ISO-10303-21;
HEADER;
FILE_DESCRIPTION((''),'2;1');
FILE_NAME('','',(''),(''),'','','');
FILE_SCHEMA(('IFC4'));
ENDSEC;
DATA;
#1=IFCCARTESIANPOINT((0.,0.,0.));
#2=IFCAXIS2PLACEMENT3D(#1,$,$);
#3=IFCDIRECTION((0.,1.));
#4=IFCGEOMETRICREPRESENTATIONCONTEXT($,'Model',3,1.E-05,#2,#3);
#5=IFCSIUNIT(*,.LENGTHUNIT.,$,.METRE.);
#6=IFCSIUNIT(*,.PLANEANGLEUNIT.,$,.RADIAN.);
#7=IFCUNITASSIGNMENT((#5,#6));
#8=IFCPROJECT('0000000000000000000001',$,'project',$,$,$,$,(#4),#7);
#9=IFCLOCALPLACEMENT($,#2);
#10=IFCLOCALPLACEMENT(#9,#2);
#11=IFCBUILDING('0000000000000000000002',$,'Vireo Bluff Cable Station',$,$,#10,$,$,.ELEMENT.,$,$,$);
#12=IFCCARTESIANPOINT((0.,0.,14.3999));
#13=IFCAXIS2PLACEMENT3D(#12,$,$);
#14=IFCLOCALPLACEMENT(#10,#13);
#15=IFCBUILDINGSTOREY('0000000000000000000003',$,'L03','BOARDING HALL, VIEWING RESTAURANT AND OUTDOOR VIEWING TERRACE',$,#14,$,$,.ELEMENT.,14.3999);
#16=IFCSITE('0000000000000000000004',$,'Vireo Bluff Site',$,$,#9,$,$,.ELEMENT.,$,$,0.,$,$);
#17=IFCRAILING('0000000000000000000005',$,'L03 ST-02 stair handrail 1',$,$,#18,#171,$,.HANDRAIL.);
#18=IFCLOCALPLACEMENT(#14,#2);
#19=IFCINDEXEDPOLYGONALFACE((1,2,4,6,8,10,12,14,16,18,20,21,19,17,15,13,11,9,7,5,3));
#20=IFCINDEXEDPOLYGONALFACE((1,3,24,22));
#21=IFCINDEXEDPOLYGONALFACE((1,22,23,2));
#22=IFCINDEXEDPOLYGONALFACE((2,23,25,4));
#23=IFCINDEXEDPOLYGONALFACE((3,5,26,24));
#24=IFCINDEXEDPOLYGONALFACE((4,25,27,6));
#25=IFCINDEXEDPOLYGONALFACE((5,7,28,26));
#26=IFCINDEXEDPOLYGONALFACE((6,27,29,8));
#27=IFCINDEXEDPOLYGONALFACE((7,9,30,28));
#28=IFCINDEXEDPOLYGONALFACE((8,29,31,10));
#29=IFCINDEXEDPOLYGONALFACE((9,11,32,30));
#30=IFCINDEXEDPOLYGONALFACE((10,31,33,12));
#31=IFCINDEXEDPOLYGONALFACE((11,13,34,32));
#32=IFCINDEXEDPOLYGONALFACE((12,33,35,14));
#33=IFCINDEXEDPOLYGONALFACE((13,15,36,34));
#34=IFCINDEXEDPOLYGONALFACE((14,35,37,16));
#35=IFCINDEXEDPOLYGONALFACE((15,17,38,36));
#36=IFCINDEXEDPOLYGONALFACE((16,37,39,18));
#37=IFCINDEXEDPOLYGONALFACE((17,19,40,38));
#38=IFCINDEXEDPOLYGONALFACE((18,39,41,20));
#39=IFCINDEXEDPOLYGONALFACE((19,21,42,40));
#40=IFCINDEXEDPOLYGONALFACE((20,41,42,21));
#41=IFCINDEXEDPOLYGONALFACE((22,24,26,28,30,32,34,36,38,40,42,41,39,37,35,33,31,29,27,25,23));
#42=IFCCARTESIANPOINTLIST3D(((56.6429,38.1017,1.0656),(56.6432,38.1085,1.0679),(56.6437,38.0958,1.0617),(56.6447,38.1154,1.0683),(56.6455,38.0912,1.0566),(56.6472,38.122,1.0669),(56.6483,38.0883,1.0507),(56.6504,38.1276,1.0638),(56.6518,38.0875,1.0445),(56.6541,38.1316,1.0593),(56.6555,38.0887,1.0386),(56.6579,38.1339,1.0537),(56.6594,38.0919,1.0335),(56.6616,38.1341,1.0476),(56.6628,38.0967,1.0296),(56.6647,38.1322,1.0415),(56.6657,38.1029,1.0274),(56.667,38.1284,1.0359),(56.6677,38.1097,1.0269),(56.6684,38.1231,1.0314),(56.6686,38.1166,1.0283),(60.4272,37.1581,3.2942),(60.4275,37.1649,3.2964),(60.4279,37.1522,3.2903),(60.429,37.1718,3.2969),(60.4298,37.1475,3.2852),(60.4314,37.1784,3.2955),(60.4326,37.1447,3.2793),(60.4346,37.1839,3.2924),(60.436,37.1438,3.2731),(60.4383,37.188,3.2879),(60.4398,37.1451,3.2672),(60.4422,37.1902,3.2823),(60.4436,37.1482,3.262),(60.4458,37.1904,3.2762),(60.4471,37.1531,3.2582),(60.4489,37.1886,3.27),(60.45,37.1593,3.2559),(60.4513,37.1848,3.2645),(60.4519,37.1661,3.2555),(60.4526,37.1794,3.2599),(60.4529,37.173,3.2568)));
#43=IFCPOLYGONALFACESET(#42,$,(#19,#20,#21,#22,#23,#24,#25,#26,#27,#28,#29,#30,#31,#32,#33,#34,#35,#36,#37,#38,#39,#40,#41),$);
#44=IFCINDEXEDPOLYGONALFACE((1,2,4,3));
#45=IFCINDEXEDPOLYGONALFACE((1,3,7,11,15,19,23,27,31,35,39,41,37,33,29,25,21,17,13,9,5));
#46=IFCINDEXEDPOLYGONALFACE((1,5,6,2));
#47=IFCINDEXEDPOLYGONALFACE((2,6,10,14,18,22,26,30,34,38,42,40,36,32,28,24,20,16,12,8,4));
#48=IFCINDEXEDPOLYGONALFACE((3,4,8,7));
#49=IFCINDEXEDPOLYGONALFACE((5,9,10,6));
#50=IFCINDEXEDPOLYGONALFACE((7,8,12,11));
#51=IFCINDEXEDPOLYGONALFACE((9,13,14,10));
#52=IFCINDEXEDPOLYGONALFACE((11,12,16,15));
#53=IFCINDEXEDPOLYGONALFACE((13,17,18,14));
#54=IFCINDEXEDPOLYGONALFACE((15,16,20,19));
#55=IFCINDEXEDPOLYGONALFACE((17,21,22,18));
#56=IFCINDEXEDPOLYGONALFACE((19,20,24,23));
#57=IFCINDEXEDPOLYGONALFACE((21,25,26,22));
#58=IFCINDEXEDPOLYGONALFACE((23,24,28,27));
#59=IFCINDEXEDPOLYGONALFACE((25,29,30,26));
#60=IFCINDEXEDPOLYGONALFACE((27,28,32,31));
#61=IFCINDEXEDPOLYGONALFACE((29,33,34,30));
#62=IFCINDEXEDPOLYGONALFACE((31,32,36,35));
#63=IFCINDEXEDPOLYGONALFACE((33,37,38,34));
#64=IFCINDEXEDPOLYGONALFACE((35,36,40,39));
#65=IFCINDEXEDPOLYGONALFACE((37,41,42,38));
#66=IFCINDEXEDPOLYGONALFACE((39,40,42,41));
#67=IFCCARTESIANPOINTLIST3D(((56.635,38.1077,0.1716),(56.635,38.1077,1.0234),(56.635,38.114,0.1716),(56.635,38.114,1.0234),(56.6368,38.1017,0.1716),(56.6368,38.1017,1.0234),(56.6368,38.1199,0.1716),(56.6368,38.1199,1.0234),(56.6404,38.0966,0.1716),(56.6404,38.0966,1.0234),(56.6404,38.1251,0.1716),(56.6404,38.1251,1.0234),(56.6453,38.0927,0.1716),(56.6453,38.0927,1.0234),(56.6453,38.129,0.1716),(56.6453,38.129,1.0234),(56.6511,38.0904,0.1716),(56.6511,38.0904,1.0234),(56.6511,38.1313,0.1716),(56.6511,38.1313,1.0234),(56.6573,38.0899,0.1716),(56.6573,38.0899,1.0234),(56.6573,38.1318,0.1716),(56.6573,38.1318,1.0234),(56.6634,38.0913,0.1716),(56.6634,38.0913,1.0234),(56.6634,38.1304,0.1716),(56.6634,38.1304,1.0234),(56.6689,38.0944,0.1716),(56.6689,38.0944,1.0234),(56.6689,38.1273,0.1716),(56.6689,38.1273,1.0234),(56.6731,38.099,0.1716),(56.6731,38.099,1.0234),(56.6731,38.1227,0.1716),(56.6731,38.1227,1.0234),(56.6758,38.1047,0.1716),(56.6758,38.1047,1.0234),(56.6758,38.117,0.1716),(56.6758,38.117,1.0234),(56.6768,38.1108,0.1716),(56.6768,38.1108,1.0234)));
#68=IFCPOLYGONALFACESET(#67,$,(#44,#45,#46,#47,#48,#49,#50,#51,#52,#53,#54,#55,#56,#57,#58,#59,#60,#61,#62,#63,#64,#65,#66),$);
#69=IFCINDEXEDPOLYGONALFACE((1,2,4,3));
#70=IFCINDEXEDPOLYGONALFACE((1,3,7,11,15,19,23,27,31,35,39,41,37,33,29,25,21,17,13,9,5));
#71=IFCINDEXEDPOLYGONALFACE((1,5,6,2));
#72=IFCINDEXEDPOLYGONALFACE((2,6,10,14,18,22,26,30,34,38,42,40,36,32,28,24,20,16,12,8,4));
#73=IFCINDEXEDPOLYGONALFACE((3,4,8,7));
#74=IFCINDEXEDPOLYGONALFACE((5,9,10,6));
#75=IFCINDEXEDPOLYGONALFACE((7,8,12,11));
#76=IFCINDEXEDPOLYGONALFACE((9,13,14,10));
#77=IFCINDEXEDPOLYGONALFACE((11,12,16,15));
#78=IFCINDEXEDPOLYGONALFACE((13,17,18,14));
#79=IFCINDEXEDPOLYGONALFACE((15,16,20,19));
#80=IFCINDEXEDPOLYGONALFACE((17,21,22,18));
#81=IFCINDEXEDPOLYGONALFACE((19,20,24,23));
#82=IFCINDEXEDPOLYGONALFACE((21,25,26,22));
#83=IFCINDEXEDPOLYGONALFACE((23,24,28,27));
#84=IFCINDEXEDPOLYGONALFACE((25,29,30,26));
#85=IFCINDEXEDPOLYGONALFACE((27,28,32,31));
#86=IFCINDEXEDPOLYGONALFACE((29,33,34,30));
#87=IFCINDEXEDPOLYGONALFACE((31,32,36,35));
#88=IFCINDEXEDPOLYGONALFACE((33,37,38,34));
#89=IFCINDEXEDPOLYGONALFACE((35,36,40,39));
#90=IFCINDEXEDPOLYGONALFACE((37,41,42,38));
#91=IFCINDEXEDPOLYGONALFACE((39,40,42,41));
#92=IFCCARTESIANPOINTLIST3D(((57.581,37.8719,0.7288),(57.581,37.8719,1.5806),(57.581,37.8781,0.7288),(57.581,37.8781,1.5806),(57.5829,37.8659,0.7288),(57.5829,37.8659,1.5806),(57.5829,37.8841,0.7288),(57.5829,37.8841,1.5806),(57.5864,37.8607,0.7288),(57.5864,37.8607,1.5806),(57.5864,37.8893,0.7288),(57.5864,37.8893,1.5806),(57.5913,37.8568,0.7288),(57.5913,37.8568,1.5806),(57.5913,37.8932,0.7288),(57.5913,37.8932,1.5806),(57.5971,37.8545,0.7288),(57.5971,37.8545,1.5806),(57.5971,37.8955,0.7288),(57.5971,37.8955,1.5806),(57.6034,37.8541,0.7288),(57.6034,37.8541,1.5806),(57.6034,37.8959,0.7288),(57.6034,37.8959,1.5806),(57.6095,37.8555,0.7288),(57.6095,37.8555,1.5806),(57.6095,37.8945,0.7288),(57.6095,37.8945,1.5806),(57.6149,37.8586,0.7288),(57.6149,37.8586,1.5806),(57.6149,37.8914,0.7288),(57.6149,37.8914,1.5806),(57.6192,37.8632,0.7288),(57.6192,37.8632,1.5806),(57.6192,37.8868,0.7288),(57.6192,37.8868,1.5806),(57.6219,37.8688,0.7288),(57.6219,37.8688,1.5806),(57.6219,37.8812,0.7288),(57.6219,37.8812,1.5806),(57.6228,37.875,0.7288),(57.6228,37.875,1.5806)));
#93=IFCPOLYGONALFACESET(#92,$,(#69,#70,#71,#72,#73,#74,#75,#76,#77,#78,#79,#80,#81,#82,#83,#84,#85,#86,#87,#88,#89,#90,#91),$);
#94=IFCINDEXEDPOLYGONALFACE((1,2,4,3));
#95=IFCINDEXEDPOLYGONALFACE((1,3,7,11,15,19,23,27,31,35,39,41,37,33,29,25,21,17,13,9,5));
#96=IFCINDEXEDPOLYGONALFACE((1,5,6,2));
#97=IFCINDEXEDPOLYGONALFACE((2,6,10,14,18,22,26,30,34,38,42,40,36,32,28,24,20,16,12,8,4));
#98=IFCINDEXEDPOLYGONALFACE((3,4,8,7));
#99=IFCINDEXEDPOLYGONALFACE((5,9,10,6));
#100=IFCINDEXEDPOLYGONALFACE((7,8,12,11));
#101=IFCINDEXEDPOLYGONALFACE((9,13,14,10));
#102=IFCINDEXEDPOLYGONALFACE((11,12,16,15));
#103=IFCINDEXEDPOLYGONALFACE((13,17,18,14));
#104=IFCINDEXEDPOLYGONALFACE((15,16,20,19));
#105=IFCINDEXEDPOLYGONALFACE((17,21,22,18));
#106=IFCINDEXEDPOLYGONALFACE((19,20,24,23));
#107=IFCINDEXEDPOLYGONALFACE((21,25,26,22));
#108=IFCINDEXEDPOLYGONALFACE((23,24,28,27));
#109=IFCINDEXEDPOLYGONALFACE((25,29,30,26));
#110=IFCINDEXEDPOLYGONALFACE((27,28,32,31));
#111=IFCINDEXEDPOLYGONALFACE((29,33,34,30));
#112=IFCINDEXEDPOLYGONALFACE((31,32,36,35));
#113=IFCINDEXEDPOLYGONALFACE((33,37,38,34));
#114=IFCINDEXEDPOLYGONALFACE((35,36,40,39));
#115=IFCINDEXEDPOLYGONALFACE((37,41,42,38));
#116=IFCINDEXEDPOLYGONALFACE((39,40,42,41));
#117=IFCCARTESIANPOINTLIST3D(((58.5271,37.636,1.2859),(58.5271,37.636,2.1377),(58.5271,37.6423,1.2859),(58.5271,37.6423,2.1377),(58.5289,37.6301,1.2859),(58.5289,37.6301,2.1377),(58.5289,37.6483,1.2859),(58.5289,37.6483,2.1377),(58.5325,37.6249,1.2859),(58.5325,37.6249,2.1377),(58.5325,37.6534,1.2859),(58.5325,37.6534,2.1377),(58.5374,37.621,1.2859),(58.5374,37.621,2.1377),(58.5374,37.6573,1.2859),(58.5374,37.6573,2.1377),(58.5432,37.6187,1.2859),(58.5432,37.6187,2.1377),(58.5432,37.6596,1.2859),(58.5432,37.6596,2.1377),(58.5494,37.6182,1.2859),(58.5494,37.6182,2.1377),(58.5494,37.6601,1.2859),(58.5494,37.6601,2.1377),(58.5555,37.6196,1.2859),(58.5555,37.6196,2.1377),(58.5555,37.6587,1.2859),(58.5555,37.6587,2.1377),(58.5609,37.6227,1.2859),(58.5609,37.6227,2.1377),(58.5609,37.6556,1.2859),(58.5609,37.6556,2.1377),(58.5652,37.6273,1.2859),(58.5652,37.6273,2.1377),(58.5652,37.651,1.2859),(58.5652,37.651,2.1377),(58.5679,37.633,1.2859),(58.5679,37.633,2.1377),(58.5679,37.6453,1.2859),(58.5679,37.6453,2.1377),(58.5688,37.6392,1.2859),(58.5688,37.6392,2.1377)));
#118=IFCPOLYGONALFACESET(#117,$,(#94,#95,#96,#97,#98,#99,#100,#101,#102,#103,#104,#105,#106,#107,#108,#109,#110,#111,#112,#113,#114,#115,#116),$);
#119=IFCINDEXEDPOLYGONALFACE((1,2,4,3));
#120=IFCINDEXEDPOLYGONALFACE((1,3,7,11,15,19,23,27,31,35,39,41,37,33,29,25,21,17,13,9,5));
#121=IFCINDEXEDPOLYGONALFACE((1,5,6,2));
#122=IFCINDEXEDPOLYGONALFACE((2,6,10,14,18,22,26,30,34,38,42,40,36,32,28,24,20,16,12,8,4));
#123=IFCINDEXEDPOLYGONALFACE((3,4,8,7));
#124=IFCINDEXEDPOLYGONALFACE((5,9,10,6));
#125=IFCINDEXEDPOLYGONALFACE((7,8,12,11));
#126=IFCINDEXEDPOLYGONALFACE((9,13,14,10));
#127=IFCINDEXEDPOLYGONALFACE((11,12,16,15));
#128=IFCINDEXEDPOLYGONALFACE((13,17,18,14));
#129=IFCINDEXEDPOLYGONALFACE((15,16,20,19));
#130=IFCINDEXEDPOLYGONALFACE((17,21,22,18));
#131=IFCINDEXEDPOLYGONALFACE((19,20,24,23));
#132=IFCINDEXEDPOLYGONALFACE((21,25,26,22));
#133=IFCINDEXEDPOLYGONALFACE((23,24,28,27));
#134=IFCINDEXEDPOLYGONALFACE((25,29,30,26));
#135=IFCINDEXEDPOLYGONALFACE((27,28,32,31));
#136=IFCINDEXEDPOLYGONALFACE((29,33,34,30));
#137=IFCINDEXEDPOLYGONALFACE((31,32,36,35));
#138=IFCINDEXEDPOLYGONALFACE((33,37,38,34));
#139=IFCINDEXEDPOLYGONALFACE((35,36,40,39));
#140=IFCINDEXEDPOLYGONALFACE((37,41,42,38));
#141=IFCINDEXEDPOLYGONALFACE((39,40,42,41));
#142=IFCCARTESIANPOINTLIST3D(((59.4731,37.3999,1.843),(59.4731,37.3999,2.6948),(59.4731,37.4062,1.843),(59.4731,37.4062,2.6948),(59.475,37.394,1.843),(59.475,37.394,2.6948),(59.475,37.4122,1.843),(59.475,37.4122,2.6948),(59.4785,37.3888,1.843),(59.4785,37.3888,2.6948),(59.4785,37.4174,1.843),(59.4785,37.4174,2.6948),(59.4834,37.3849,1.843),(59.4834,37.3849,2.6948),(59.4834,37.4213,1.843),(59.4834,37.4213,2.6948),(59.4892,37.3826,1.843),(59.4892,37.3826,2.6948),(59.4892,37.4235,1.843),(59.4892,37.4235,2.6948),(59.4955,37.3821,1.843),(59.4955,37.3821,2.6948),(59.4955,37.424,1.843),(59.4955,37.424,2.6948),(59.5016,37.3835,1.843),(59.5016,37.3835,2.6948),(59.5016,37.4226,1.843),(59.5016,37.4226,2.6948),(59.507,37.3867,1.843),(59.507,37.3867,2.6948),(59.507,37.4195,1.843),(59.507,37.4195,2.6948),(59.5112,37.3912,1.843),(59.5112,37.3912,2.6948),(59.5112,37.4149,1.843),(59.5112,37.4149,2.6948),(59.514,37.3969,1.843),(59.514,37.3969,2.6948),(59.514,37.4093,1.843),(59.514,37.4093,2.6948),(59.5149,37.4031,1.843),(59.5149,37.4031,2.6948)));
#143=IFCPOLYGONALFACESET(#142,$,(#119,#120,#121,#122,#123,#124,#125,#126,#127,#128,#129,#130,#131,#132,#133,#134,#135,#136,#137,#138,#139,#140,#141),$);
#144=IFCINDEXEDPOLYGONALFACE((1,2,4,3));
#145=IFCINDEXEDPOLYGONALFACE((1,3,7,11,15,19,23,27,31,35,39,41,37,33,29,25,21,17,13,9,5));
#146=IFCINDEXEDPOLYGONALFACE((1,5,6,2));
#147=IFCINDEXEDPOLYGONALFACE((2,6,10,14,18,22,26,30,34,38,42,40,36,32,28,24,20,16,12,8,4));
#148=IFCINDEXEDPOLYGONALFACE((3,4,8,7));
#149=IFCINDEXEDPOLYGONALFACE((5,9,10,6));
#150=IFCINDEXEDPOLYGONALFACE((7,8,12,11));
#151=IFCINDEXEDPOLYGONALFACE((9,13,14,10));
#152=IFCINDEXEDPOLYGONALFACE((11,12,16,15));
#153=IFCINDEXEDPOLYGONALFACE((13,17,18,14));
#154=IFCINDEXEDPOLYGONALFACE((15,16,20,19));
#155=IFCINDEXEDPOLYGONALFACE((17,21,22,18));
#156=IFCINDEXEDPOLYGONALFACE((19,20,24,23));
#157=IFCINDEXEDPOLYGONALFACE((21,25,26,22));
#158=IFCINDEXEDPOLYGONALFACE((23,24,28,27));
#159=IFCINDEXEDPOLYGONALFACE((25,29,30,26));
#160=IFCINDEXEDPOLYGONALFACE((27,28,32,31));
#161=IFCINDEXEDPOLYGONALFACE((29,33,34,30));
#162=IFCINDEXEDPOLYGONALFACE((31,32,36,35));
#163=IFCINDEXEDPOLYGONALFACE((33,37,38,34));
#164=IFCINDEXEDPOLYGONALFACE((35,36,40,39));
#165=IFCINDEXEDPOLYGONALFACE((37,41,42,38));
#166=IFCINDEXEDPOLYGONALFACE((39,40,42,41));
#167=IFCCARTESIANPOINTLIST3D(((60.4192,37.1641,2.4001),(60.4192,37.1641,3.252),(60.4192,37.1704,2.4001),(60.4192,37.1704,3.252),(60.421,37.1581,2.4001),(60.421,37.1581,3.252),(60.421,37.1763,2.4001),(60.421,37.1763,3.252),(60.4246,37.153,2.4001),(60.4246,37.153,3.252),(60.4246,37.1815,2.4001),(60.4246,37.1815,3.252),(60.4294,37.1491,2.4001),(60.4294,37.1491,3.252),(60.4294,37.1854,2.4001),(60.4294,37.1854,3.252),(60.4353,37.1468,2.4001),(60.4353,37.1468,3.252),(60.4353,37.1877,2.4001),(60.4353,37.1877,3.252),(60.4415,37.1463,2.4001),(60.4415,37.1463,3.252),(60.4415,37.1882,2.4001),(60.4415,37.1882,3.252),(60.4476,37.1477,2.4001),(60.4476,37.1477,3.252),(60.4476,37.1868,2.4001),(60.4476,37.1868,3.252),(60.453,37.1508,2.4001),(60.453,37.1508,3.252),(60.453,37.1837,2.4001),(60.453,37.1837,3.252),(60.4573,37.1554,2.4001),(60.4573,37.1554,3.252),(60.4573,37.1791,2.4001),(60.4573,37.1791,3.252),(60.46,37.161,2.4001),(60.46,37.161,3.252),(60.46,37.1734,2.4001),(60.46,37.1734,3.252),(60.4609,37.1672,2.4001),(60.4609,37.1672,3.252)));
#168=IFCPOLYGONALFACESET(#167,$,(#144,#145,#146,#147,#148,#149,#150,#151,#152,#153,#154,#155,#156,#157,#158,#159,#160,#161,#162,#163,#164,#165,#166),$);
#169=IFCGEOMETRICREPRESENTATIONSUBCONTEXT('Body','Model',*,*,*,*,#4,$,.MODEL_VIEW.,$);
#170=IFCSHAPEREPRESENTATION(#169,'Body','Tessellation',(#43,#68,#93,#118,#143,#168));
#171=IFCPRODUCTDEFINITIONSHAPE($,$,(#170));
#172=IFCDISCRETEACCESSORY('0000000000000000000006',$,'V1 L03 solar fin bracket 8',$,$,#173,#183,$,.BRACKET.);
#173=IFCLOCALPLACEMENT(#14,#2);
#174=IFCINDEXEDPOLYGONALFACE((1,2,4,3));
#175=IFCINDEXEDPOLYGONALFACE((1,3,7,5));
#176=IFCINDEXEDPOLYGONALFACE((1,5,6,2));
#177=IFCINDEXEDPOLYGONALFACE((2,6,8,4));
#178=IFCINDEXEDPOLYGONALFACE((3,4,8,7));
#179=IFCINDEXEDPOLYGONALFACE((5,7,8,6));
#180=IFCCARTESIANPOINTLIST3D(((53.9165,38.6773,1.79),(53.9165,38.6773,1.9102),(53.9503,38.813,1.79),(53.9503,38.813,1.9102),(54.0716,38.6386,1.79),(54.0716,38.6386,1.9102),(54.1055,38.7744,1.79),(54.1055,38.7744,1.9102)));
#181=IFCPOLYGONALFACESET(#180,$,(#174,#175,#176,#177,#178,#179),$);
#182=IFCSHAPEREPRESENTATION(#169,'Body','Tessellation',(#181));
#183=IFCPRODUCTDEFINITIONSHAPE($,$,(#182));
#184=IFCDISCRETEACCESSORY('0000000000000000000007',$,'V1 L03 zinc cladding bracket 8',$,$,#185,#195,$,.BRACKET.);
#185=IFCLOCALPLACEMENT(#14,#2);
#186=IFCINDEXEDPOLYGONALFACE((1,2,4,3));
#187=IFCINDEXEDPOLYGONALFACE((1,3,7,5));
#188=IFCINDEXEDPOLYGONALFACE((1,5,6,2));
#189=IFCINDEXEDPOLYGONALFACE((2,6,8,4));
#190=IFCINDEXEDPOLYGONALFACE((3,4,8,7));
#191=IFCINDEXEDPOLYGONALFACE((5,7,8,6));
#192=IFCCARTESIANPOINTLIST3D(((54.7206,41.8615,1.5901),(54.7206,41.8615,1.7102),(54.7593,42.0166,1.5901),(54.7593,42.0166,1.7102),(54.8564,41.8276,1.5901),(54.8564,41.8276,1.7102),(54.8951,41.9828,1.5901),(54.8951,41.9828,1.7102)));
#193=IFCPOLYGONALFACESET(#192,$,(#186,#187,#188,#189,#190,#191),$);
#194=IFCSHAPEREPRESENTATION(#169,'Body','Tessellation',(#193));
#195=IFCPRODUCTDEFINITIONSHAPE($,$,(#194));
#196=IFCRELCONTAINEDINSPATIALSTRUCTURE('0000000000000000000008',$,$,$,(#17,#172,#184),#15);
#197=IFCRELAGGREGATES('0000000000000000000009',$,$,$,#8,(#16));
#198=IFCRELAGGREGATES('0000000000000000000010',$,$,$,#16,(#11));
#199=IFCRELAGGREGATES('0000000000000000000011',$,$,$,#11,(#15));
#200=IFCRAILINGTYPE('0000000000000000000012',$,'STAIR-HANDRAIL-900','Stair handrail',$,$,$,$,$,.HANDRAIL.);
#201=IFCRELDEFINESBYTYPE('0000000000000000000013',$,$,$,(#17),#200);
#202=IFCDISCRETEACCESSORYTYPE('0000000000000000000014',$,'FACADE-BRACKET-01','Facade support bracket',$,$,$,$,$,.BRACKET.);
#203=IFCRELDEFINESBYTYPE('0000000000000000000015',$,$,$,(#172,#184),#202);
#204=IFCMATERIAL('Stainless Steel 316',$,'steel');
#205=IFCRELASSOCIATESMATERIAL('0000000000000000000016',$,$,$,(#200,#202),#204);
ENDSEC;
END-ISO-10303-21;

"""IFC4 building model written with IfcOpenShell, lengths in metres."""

from ifc_helpers import new_model, si_unit, direction, frame, origin, origin_2d, place, context, subcontext, project, spatial, rectangle, circle, extrude, material, type_object, element, save


model = new_model("IFC4")

# Units and contexts
model_context = context("Model", 3, precision=1e-05, world=origin(), true_north=direction((0.0, 1.0)))
body_context = subcontext(model_context, "Body", "Model", "MODEL_VIEW")
ifc_project = project(units=[si_unit("LENGTHUNIT", "METRE"), si_unit("PLANEANGLEUNIT", "RADIAN")], contexts=[model_context])

# Site, building, storey
site_placement = place(None, origin())
site = spatial("IfcSite", under=ifc_project, at=site_placement, Name="Vireo Bluff Site", CompositionType="ELEMENT", RefElevation=0.0)
building_placement = place(site_placement, origin())
building = spatial("IfcBuilding", under=site, at=building_placement, Name="Vireo Bluff Cable Station", CompositionType="ELEMENT")
storey_placement = place(building_placement, frame((0.0, 0.0, 14.3999)))
storey = spatial("IfcBuildingStorey", under=building, at=storey_placement, Name="L03", Description="BOARDING HALL, VIEWING RESTAURANT AND OUTDOOR VIEWING TERRACE", CompositionType="ELEMENT", Elevation=14.3999)

# Railing
ifc_material_1 = material(Name="Stainless Steel 316", Category="steel")
railing_type_1 = type_object("IfcRailingType", Name="STAIR-HANDRAIL-900", Description="Stair handrail", PredefinedType="HANDRAIL", material=ifc_material_1)
railing_1_placement = place(storey_placement, frame((56.6558, 38.1108, 0.1716)))
element("IfcRailing", 1, at=railing_1_placement, inside=storey, type_object=railing_type_1, Name="L03 ST-02 stair handrail 1", PredefinedType="HANDRAIL", context=body_context, shape_type="SweptSolid", body=[
    extrude(circle(Radius=0.0239, at=origin_2d()), frame((0.0, 0.0, 0.876), z_axis=(0.842455, -0.21007, 0.496125), x_axis=(0.241946, 0.97029, 0.0)), (0.0, 0.0, 1.0), 4.4919),
    extrude(circle(Radius=0.021, at=origin_2d()), origin(), (0.0, 0.0, 1.0), 0.8518),
    extrude(circle(Radius=0.021, at=origin_2d()), frame((0.946, -0.2358, 0.5571)), (0.0, 0.0, 1.0), 0.8518),
    extrude(circle(Radius=0.021, at=origin_2d()), frame((1.8921, -0.4717, 1.1143)), (0.0, 0.0, 1.0), 0.8518),
    extrude(circle(Radius=0.021, at=origin_2d()), frame((2.8381, -0.7078, 1.6714)), (0.0, 0.0, 1.0), 0.8518),
    extrude(circle(Radius=0.021, at=origin_2d()), frame((3.7842, -0.9436, 2.2285)), (0.0, 0.0, 1.0), 0.8518),
])

# Discrete accessories
discrete_accessory_type = type_object("IfcDiscreteAccessoryType", Name="FACADE-BRACKET-01", Description="Facade support bracket", PredefinedType="BRACKET", material=ifc_material_1)
discrete_accessory_1_placement = place(storey_placement, frame((54.011, 38.7258, 1.79), z_axis=(0.0, 0.0, 1.0), x_axis=(0.241922, 0.970296, 0.0)))
element("IfcDiscreteAccessory", 2, at=discrete_accessory_1_placement, inside=storey, type_object=discrete_accessory_type, Name="V1 L03 solar fin bracket 8", PredefinedType="BRACKET", context=body_context, shape_type="SweptSolid", body=[
    extrude(rectangle(XDim=0.1399, YDim=0.1599, at=origin_2d()), origin(), (0.0, 0.0, 1.0), 0.1201),
])
discrete_accessory_2_placement = place(storey_placement, frame((54.8079, 41.9221, 1.5901), z_axis=(0.0, 0.0, 1.0), x_axis=(0.241922, 0.970296, 0.0)))
element("IfcDiscreteAccessory", 3, at=discrete_accessory_2_placement, inside=storey, type_object=discrete_accessory_type, Name="V1 L03 zinc cladding bracket 8", PredefinedType="BRACKET", context=body_context, shape_type="SweptSolid", body=[
    extrude(rectangle(XDim=0.1599, YDim=0.1399, at=origin_2d()), origin(), (0.0, 0.0, 1.0), 0.1201),
])

save(model, "model.ifc")
